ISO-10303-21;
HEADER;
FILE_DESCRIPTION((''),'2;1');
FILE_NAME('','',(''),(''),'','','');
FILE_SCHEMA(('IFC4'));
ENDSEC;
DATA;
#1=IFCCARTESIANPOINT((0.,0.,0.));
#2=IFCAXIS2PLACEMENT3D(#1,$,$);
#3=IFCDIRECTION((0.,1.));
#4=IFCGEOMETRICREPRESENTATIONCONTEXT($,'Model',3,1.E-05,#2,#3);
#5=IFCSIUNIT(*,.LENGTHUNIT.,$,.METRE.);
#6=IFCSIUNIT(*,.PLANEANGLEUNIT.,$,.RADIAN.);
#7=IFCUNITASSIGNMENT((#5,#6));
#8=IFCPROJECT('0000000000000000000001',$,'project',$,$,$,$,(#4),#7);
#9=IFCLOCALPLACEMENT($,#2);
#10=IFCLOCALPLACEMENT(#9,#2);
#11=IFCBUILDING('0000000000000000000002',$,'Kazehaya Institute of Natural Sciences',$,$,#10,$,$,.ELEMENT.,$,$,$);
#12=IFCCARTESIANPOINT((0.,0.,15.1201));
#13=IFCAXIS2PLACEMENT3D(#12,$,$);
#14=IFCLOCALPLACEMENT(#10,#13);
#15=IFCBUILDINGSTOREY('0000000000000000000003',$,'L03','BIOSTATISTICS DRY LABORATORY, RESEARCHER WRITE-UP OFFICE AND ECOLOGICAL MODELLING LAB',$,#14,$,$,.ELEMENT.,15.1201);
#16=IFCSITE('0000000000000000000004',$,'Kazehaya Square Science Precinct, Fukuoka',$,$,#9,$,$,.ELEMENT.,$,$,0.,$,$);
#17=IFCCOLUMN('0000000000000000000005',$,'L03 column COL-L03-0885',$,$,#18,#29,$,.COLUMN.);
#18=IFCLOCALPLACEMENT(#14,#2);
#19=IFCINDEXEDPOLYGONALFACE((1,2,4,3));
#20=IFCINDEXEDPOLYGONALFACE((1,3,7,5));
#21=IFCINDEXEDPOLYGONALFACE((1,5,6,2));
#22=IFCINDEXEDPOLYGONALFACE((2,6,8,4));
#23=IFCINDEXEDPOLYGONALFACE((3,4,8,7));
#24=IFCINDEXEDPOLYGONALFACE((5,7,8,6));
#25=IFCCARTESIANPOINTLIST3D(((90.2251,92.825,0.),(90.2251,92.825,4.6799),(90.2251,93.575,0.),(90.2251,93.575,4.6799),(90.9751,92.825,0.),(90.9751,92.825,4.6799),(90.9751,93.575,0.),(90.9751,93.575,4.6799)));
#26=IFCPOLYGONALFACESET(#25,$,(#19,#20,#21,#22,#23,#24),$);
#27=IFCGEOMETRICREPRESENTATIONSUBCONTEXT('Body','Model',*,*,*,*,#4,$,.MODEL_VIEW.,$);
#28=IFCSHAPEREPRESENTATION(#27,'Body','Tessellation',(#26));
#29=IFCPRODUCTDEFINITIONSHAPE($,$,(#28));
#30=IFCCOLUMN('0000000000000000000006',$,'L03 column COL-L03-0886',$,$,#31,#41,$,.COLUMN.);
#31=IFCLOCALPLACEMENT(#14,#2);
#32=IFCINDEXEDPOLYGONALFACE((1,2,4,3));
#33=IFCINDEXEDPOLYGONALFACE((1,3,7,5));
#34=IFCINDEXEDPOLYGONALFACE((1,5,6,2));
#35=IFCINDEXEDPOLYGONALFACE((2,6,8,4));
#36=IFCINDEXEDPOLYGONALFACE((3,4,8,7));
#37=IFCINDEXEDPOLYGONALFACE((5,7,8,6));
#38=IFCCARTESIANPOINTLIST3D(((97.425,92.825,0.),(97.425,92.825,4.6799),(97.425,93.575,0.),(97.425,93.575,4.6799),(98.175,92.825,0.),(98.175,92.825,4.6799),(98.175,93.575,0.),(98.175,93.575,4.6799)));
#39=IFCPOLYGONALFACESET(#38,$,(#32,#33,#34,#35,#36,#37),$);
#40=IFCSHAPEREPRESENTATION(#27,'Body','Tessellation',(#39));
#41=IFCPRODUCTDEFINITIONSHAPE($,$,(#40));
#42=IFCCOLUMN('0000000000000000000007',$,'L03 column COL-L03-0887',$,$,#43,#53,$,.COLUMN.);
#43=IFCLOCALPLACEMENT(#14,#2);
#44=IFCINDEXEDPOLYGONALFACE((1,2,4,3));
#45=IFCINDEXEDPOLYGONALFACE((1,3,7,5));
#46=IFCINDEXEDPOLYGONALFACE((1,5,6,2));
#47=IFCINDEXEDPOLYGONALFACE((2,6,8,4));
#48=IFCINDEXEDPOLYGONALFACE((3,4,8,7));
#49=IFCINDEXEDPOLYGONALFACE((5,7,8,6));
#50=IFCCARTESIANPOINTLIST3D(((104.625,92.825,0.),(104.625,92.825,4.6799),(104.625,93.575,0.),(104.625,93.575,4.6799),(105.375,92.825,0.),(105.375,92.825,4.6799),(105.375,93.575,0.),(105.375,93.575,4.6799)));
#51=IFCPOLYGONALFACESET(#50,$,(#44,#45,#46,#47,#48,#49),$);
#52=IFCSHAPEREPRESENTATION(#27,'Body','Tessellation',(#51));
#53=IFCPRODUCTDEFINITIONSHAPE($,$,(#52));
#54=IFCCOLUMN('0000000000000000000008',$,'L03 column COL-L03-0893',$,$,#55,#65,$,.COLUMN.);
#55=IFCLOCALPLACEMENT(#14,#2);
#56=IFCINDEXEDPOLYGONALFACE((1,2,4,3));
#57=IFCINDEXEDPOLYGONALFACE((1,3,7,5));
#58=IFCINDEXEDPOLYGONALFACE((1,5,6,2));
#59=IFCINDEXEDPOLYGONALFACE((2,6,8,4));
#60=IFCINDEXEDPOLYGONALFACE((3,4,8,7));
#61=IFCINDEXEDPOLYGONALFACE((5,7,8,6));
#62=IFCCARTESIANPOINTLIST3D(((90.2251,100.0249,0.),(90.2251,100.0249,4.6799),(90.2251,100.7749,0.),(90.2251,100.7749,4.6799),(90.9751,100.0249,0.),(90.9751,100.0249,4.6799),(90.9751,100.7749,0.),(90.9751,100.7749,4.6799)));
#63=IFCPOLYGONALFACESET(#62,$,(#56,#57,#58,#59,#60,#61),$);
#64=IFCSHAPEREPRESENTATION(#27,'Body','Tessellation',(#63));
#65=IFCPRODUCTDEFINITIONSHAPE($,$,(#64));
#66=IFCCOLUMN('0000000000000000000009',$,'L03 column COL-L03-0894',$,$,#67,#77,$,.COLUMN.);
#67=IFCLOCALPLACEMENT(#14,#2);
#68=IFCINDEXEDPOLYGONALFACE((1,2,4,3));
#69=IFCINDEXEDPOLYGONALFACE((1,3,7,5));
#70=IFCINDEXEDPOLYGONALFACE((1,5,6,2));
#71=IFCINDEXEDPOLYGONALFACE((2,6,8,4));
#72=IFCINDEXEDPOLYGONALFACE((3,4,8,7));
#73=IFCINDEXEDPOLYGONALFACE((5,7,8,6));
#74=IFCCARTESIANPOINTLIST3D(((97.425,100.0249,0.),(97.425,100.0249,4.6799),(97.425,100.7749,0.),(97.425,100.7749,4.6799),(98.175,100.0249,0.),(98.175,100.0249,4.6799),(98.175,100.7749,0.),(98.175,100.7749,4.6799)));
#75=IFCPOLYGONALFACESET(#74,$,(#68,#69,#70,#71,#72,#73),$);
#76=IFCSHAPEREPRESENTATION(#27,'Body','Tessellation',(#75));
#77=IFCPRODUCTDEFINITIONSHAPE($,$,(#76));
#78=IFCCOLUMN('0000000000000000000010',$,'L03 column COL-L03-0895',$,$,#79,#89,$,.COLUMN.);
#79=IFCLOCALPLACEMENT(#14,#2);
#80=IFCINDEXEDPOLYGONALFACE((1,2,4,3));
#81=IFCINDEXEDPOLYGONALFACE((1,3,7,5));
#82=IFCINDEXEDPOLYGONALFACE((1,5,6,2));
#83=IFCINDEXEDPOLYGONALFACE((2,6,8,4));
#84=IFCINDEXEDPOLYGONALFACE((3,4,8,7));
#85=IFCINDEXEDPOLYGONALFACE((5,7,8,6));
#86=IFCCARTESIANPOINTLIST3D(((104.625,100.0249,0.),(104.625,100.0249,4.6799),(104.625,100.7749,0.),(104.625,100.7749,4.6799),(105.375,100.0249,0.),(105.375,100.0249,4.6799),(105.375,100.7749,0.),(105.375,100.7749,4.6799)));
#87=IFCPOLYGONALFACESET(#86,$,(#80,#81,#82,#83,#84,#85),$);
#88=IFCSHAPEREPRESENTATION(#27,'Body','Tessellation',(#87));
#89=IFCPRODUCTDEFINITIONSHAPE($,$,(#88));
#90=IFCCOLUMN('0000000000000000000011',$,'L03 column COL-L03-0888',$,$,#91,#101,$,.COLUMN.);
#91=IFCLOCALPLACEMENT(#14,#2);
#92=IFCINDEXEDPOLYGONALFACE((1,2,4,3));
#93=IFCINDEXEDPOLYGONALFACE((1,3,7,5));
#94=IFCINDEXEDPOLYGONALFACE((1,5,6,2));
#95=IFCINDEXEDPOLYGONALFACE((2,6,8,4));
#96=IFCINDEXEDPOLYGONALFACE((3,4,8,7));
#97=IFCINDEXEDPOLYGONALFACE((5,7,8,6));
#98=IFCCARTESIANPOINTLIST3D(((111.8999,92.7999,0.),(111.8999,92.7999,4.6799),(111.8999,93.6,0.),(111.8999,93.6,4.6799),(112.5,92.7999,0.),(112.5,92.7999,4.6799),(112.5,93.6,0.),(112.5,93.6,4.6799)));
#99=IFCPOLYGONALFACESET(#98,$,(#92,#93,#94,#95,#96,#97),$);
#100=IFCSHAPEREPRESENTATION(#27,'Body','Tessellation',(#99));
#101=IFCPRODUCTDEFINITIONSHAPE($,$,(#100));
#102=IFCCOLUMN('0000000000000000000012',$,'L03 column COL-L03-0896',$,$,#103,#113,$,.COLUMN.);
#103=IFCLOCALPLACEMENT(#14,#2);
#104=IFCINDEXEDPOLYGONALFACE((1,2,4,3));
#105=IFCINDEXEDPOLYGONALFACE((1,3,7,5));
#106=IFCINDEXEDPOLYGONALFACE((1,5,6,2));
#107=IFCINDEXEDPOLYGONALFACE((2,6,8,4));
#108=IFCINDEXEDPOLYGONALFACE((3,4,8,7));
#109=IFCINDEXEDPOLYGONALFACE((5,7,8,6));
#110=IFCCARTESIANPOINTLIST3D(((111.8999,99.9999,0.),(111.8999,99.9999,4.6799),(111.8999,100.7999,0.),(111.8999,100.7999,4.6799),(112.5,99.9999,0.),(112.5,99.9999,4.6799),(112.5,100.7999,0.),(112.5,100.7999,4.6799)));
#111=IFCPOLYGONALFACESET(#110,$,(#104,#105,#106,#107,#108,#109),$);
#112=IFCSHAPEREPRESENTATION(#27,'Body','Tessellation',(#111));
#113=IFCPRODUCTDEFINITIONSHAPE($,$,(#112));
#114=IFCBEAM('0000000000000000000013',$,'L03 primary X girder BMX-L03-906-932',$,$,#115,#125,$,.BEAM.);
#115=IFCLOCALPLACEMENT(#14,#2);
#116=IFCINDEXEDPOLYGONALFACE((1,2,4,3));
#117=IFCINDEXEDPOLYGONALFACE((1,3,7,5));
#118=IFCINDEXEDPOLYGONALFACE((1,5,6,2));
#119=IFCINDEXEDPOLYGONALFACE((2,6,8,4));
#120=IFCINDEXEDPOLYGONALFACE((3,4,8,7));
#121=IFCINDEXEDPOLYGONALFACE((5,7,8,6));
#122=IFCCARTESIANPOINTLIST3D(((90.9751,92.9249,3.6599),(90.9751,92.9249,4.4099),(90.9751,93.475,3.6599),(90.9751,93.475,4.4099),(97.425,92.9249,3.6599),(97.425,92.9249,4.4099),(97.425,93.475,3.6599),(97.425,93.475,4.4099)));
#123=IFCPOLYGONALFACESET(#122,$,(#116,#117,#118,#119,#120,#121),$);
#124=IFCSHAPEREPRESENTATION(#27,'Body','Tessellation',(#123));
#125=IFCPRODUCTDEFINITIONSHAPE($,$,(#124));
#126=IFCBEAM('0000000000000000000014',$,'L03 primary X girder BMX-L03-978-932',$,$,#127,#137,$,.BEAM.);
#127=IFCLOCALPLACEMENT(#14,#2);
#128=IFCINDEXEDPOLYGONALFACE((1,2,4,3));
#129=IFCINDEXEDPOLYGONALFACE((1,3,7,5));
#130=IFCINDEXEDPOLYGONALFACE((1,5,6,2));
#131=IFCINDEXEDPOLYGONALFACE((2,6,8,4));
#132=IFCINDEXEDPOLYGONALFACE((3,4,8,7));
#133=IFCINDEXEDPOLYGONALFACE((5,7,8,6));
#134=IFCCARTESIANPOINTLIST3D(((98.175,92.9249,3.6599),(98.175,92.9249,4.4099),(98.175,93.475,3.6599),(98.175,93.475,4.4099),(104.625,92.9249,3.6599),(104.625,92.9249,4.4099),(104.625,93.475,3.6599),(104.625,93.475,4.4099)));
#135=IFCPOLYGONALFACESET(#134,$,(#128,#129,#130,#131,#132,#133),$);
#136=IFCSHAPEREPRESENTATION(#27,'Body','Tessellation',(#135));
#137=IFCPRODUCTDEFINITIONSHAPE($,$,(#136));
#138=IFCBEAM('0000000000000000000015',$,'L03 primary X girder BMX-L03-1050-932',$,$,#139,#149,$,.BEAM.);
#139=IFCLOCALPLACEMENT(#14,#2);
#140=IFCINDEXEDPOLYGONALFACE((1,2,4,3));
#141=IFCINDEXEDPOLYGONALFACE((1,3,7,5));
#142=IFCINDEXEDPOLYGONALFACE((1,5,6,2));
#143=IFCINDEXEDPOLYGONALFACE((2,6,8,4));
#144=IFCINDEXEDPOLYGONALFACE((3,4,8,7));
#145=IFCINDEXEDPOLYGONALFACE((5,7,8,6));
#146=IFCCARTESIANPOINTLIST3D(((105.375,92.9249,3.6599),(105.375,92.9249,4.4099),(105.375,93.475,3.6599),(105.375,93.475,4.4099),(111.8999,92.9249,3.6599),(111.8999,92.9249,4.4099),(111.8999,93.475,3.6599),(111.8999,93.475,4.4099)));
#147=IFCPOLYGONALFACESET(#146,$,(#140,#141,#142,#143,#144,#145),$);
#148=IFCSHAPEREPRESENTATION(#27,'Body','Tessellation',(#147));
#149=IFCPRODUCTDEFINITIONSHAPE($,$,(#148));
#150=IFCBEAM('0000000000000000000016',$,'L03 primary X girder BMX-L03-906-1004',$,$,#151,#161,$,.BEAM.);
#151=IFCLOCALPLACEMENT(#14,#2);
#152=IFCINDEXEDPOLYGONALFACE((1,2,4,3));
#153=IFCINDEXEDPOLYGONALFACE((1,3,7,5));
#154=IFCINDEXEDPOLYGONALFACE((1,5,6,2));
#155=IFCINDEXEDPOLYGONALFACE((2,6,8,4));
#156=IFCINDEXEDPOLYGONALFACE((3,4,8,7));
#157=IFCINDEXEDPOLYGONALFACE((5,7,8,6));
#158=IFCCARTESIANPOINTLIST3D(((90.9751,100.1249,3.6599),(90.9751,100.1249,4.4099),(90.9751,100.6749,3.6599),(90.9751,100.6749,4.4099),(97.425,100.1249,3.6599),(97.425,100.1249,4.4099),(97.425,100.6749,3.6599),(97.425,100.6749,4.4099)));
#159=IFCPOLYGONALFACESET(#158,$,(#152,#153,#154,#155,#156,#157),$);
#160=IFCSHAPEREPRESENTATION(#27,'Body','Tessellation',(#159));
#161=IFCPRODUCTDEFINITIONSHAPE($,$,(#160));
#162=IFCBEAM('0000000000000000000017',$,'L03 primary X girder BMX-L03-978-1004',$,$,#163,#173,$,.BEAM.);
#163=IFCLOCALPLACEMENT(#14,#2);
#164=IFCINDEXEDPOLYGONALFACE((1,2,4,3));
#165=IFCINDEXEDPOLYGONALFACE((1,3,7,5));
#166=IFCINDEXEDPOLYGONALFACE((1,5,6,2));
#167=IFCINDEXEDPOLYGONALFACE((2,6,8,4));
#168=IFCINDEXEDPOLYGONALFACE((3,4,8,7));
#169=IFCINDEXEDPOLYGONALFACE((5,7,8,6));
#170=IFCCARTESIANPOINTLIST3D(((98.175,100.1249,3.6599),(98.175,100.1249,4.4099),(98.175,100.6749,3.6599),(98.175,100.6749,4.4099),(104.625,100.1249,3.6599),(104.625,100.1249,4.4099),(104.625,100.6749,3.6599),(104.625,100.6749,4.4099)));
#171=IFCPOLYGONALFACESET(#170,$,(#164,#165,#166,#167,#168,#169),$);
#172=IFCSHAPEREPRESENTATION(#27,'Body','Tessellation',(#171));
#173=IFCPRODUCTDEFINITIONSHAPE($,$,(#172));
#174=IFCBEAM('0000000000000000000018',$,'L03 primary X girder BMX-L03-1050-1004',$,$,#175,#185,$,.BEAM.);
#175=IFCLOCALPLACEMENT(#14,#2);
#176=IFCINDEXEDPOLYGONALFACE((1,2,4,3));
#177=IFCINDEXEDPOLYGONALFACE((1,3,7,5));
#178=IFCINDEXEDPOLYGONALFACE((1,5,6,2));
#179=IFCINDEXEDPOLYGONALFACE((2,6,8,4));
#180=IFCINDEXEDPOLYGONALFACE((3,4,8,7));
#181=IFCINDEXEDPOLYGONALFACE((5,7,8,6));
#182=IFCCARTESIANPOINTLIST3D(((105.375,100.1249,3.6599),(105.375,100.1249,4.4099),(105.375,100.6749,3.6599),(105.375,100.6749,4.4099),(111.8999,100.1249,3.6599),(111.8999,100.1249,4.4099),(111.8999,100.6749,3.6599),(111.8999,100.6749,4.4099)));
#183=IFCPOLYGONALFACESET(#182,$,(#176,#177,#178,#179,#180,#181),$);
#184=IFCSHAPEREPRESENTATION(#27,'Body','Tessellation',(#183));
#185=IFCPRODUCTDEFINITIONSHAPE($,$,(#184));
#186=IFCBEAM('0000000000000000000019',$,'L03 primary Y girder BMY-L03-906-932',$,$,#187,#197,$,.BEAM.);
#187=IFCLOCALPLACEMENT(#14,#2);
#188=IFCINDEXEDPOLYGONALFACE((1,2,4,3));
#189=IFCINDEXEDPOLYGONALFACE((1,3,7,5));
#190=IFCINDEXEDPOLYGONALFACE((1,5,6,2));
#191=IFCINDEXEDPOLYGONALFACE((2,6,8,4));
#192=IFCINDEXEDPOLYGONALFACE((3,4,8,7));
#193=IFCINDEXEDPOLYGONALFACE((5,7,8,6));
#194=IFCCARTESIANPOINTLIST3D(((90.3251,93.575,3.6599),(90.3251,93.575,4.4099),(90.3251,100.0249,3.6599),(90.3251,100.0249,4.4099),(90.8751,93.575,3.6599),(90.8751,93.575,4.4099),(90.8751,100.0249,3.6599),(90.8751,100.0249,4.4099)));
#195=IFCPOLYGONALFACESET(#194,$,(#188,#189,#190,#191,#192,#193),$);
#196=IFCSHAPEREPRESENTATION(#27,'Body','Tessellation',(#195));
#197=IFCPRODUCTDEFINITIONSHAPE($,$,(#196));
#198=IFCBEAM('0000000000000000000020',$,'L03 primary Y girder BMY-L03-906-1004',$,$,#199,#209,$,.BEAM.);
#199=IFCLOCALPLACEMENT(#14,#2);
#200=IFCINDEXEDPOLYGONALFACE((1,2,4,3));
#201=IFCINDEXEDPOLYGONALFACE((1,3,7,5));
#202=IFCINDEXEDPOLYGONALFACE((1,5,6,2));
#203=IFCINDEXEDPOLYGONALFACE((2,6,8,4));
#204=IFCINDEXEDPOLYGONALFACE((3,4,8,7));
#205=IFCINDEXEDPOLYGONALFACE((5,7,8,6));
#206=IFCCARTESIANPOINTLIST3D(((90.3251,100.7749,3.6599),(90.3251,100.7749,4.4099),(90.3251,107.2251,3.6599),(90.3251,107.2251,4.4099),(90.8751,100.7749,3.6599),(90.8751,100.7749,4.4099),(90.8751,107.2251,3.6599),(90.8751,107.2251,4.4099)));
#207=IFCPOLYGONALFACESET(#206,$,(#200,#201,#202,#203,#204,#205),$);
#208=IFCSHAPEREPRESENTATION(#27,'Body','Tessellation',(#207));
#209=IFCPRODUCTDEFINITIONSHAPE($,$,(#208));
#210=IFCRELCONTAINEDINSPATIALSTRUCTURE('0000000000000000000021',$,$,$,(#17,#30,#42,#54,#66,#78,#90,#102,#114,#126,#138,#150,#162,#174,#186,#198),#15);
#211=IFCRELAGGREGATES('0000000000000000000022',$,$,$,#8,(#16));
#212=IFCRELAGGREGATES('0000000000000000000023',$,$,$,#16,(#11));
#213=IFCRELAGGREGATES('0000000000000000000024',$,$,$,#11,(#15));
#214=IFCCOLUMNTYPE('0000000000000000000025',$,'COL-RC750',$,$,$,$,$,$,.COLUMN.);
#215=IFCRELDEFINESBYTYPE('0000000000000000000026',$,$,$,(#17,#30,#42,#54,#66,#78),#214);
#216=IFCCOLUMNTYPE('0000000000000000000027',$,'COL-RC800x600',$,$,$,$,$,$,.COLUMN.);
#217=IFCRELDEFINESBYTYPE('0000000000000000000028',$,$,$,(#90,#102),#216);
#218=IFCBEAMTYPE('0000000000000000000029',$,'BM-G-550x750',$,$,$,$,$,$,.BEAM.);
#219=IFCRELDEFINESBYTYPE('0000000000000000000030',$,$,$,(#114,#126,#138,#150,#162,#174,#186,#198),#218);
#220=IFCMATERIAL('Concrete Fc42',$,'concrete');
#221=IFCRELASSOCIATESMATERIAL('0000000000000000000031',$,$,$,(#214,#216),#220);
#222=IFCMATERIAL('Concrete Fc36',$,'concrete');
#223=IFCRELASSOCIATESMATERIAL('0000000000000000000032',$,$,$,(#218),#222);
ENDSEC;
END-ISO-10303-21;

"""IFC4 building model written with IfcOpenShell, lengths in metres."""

from ifc_helpers import new_model, si_unit, direction, frame, origin, origin_2d, place, context, subcontext, project, spatial, rectangle, extrude, material, material_profile, profile_set, type_object, element, save


model = new_model("IFC4")

# Units and contexts
model_context = context("Model", 3, precision=1e-05, world=origin(), true_north=direction((0.0, 1.0)))
body_context = subcontext(model_context, "Body", "Model", "MODEL_VIEW")
ifc_project = project(units=[si_unit("LENGTHUNIT", "METRE"), si_unit("PLANEANGLEUNIT", "RADIAN")], contexts=[model_context])

# Site, building, storey
site_placement = place(None, origin())
site = spatial("IfcSite", under=ifc_project, at=site_placement, Name="Kazehaya Square Science Precinct, Fukuoka", CompositionType="ELEMENT", RefElevation=0.0)
building_placement = place(site_placement, origin())
building = spatial("IfcBuilding", under=site, at=building_placement, Name="Kazehaya Institute of Natural Sciences", CompositionType="ELEMENT")
storey_placement = place(building_placement, frame((0.0, 0.0, 15.1201)))
storey = spatial("IfcBuildingStorey", under=building, at=storey_placement, Name="L03", Description="BIOSTATISTICS DRY LABORATORY, RESEARCHER WRITE-UP OFFICE AND ECOLOGICAL MODELLING LAB", CompositionType="ELEMENT", Elevation=15.1201)

# Columns
ifc_material_1 = material(Name="Concrete Fc42", Category="concrete")
ifc_material_profile_1 = material_profile(ifc_material_1, rectangle(XDim=0.75, YDim=0.75, at=origin_2d()), Name="RC-750x750")
ifc_profile_set_1 = profile_set([ifc_material_profile_1], Name="Concrete Fc42")
column_type_1 = type_object("IfcColumnType", Name="COL-RC750", PredefinedType="COLUMN", material=ifc_profile_set_1)
for number, where, z_axis, x_axis, name in (
    (1, (90.6001, 93.2, 0.0), (0.0, 0.0, 1.0), (1.0, 0.0, 0.0), "L03 column COL-L03-0885"),
    (2, (97.8, 93.2, 0.0), (0.0, 0.0, 1.0), (1.0, 0.0, 0.0), "L03 column COL-L03-0886"),
    (3, (105.0, 93.2, 0.0), (0.0, 0.0, 1.0), (1.0, 0.0, 0.0), "L03 column COL-L03-0887"),
    (4, (90.6001, 100.3999, 0.0), (0.0, 0.0, 1.0), (1.0, 0.0, 0.0), "L03 column COL-L03-0893"),
    (5, (97.8, 100.3999, 0.0), (0.0, 0.0, 1.0), (1.0, 0.0, 0.0), "L03 column COL-L03-0894"),
    (6, (105.0, 100.3999, 0.0), (0.0, 0.0, 1.0), (1.0, 0.0, 0.0), "L03 column COL-L03-0895"),
):
    element("IfcColumn", number, at=place(storey_placement, frame(where, z_axis=z_axis, x_axis=x_axis)), inside=storey, type_object=column_type_1, Name=name, PredefinedType="COLUMN", context=body_context, shape_type="SweptSolid", body=[
        extrude(rectangle(XDim=0.75, YDim=0.75, at=origin_2d()), origin(), (0.0, 0.0, 1.0), 4.6799),
    ])
ifc_material_profile_2 = material_profile(ifc_material_1, rectangle(XDim=0.6001, YDim=0.8, at=origin_2d()), Name="RC-800x600")
ifc_profile_set_2 = profile_set([ifc_material_profile_2], Name="Concrete Fc42")
column_type_2 = type_object("IfcColumnType", Name="COL-RC800x600", PredefinedType="COLUMN", material=ifc_profile_set_2)
for number, where, z_axis, x_axis, name in (
    (7, (112.2, 93.2, 0.0), (0.0, 0.0, 1.0), (1.0, 0.0, 0.0), "L03 column COL-L03-0888"),
    (8, (112.2, 100.3999, 0.0), (0.0, 0.0, 1.0), (1.0, 0.0, 0.0), "L03 column COL-L03-0896"),
):
    element("IfcColumn", number, at=place(storey_placement, frame(where, z_axis=z_axis, x_axis=x_axis)), inside=storey, type_object=column_type_2, Name=name, PredefinedType="COLUMN", context=body_context, shape_type="SweptSolid", body=[
        extrude(rectangle(XDim=0.6001, YDim=0.8, at=origin_2d()), origin(), (0.0, 0.0, 1.0), 4.6799),
    ])

# Beams
ifc_material_2 = material(Name="Concrete Fc36", Category="concrete")
ifc_material_profile_3 = material_profile(ifc_material_2, rectangle(XDim=0.55, YDim=0.75, at=origin_2d()), Name="RC-550x750")
ifc_profile_set_3 = profile_set([ifc_material_profile_3], Name="Concrete Fc36")
beam_type = type_object("IfcBeamType", Name="BM-G-550x750", PredefinedType="BEAM", material=ifc_profile_set_3)
for number, where, z_axis, x_axis, name in (
    (9, (90.9751, 93.2, 4.0349), (1.0, 0.0, 0.0), (0.0, 1.0, 0.0), "L03 primary X girder BMX-L03-906-932"),
    (10, (98.175, 93.2, 4.0349), (1.0, 0.0, 0.0), (0.0, 1.0, 0.0), "L03 primary X girder BMX-L03-978-932"),
):
    element("IfcBeam", number, at=place(storey_placement, frame(where, z_axis=z_axis, x_axis=x_axis)), inside=storey, type_object=beam_type, Name=name, PredefinedType="BEAM", context=body_context, shape_type="SweptSolid", body=[
        extrude(rectangle(XDim=0.55, YDim=0.75, at=origin_2d()), origin(), (0.0, 0.0, 1.0), 6.45),
    ])
beam_1_placement = place(storey_placement, frame((105.375, 93.2, 4.0349), z_axis=(1.0, 0.0, 0.0), x_axis=(0.0, 1.0, 0.0)))
element("IfcBeam", 11, at=beam_1_placement, inside=storey, type_object=beam_type, Name="L03 primary X girder BMX-L03-1050-932", PredefinedType="BEAM", context=body_context, shape_type="SweptSolid", body=[
    extrude(rectangle(XDim=0.55, YDim=0.75, at=origin_2d()), origin(), (0.0, 0.0, 1.0), 6.5249),
])
for number, where, z_axis, x_axis, name in (
    (12, (90.9751, 100.3999, 4.0349), (1.0, 0.0, 0.0), (0.0, 1.0, 0.0), "L03 primary X girder BMX-L03-906-1004"),
    (13, (98.175, 100.3999, 4.0349), (1.0, 0.0, 0.0), (0.0, 1.0, 0.0), "L03 primary X girder BMX-L03-978-1004"),
):
    element("IfcBeam", number, at=place(storey_placement, frame(where, z_axis=z_axis, x_axis=x_axis)), inside=storey, type_object=beam_type, Name=name, PredefinedType="BEAM", context=body_context, shape_type="SweptSolid", body=[
        extrude(rectangle(XDim=0.55, YDim=0.75, at=origin_2d()), origin(), (0.0, 0.0, 1.0), 6.45),
    ])
beam_2_placement = place(storey_placement, frame((105.375, 100.3999, 4.0349), z_axis=(1.0, 0.0, 0.0), x_axis=(0.0, 1.0, 0.0)))
element("IfcBeam", 14, at=beam_2_placement, inside=storey, type_object=beam_type, Name="L03 primary X girder BMX-L03-1050-1004", PredefinedType="BEAM", context=body_context, shape_type="SweptSolid", body=[
    extrude(rectangle(XDim=0.55, YDim=0.75, at=origin_2d()), origin(), (0.0, 0.0, 1.0), 6.5249),
])
beam_3_placement = place(storey_placement, frame((90.6001, 93.575, 4.0349), z_axis=(0.0, 1.0, 0.0), x_axis=(-1.0, 0.0, 0.0)))
element("IfcBeam", 15, at=beam_3_placement, inside=storey, type_object=beam_type, Name="L03 primary Y girder BMY-L03-906-932", PredefinedType="BEAM", context=body_context, shape_type="SweptSolid", body=[
    extrude(rectangle(XDim=0.55, YDim=0.75, at=origin_2d()), origin(), (0.0, 0.0, 1.0), 6.45),
])
beam_4_placement = place(storey_placement, frame((90.6001, 100.7749, 4.0349), z_axis=(0.0, 1.0, 0.0), x_axis=(-1.0, 0.0, 0.0)))
element("IfcBeam", 16, at=beam_4_placement, inside=storey, type_object=beam_type, Name="L03 primary Y girder BMY-L03-906-1004", PredefinedType="BEAM", context=body_context, shape_type="SweptSolid", body=[
    extrude(rectangle(XDim=0.55, YDim=0.75, at=origin_2d()), origin(), (0.0, 0.0, 1.0), 6.4502),
])

save(model, "model.ifc")
